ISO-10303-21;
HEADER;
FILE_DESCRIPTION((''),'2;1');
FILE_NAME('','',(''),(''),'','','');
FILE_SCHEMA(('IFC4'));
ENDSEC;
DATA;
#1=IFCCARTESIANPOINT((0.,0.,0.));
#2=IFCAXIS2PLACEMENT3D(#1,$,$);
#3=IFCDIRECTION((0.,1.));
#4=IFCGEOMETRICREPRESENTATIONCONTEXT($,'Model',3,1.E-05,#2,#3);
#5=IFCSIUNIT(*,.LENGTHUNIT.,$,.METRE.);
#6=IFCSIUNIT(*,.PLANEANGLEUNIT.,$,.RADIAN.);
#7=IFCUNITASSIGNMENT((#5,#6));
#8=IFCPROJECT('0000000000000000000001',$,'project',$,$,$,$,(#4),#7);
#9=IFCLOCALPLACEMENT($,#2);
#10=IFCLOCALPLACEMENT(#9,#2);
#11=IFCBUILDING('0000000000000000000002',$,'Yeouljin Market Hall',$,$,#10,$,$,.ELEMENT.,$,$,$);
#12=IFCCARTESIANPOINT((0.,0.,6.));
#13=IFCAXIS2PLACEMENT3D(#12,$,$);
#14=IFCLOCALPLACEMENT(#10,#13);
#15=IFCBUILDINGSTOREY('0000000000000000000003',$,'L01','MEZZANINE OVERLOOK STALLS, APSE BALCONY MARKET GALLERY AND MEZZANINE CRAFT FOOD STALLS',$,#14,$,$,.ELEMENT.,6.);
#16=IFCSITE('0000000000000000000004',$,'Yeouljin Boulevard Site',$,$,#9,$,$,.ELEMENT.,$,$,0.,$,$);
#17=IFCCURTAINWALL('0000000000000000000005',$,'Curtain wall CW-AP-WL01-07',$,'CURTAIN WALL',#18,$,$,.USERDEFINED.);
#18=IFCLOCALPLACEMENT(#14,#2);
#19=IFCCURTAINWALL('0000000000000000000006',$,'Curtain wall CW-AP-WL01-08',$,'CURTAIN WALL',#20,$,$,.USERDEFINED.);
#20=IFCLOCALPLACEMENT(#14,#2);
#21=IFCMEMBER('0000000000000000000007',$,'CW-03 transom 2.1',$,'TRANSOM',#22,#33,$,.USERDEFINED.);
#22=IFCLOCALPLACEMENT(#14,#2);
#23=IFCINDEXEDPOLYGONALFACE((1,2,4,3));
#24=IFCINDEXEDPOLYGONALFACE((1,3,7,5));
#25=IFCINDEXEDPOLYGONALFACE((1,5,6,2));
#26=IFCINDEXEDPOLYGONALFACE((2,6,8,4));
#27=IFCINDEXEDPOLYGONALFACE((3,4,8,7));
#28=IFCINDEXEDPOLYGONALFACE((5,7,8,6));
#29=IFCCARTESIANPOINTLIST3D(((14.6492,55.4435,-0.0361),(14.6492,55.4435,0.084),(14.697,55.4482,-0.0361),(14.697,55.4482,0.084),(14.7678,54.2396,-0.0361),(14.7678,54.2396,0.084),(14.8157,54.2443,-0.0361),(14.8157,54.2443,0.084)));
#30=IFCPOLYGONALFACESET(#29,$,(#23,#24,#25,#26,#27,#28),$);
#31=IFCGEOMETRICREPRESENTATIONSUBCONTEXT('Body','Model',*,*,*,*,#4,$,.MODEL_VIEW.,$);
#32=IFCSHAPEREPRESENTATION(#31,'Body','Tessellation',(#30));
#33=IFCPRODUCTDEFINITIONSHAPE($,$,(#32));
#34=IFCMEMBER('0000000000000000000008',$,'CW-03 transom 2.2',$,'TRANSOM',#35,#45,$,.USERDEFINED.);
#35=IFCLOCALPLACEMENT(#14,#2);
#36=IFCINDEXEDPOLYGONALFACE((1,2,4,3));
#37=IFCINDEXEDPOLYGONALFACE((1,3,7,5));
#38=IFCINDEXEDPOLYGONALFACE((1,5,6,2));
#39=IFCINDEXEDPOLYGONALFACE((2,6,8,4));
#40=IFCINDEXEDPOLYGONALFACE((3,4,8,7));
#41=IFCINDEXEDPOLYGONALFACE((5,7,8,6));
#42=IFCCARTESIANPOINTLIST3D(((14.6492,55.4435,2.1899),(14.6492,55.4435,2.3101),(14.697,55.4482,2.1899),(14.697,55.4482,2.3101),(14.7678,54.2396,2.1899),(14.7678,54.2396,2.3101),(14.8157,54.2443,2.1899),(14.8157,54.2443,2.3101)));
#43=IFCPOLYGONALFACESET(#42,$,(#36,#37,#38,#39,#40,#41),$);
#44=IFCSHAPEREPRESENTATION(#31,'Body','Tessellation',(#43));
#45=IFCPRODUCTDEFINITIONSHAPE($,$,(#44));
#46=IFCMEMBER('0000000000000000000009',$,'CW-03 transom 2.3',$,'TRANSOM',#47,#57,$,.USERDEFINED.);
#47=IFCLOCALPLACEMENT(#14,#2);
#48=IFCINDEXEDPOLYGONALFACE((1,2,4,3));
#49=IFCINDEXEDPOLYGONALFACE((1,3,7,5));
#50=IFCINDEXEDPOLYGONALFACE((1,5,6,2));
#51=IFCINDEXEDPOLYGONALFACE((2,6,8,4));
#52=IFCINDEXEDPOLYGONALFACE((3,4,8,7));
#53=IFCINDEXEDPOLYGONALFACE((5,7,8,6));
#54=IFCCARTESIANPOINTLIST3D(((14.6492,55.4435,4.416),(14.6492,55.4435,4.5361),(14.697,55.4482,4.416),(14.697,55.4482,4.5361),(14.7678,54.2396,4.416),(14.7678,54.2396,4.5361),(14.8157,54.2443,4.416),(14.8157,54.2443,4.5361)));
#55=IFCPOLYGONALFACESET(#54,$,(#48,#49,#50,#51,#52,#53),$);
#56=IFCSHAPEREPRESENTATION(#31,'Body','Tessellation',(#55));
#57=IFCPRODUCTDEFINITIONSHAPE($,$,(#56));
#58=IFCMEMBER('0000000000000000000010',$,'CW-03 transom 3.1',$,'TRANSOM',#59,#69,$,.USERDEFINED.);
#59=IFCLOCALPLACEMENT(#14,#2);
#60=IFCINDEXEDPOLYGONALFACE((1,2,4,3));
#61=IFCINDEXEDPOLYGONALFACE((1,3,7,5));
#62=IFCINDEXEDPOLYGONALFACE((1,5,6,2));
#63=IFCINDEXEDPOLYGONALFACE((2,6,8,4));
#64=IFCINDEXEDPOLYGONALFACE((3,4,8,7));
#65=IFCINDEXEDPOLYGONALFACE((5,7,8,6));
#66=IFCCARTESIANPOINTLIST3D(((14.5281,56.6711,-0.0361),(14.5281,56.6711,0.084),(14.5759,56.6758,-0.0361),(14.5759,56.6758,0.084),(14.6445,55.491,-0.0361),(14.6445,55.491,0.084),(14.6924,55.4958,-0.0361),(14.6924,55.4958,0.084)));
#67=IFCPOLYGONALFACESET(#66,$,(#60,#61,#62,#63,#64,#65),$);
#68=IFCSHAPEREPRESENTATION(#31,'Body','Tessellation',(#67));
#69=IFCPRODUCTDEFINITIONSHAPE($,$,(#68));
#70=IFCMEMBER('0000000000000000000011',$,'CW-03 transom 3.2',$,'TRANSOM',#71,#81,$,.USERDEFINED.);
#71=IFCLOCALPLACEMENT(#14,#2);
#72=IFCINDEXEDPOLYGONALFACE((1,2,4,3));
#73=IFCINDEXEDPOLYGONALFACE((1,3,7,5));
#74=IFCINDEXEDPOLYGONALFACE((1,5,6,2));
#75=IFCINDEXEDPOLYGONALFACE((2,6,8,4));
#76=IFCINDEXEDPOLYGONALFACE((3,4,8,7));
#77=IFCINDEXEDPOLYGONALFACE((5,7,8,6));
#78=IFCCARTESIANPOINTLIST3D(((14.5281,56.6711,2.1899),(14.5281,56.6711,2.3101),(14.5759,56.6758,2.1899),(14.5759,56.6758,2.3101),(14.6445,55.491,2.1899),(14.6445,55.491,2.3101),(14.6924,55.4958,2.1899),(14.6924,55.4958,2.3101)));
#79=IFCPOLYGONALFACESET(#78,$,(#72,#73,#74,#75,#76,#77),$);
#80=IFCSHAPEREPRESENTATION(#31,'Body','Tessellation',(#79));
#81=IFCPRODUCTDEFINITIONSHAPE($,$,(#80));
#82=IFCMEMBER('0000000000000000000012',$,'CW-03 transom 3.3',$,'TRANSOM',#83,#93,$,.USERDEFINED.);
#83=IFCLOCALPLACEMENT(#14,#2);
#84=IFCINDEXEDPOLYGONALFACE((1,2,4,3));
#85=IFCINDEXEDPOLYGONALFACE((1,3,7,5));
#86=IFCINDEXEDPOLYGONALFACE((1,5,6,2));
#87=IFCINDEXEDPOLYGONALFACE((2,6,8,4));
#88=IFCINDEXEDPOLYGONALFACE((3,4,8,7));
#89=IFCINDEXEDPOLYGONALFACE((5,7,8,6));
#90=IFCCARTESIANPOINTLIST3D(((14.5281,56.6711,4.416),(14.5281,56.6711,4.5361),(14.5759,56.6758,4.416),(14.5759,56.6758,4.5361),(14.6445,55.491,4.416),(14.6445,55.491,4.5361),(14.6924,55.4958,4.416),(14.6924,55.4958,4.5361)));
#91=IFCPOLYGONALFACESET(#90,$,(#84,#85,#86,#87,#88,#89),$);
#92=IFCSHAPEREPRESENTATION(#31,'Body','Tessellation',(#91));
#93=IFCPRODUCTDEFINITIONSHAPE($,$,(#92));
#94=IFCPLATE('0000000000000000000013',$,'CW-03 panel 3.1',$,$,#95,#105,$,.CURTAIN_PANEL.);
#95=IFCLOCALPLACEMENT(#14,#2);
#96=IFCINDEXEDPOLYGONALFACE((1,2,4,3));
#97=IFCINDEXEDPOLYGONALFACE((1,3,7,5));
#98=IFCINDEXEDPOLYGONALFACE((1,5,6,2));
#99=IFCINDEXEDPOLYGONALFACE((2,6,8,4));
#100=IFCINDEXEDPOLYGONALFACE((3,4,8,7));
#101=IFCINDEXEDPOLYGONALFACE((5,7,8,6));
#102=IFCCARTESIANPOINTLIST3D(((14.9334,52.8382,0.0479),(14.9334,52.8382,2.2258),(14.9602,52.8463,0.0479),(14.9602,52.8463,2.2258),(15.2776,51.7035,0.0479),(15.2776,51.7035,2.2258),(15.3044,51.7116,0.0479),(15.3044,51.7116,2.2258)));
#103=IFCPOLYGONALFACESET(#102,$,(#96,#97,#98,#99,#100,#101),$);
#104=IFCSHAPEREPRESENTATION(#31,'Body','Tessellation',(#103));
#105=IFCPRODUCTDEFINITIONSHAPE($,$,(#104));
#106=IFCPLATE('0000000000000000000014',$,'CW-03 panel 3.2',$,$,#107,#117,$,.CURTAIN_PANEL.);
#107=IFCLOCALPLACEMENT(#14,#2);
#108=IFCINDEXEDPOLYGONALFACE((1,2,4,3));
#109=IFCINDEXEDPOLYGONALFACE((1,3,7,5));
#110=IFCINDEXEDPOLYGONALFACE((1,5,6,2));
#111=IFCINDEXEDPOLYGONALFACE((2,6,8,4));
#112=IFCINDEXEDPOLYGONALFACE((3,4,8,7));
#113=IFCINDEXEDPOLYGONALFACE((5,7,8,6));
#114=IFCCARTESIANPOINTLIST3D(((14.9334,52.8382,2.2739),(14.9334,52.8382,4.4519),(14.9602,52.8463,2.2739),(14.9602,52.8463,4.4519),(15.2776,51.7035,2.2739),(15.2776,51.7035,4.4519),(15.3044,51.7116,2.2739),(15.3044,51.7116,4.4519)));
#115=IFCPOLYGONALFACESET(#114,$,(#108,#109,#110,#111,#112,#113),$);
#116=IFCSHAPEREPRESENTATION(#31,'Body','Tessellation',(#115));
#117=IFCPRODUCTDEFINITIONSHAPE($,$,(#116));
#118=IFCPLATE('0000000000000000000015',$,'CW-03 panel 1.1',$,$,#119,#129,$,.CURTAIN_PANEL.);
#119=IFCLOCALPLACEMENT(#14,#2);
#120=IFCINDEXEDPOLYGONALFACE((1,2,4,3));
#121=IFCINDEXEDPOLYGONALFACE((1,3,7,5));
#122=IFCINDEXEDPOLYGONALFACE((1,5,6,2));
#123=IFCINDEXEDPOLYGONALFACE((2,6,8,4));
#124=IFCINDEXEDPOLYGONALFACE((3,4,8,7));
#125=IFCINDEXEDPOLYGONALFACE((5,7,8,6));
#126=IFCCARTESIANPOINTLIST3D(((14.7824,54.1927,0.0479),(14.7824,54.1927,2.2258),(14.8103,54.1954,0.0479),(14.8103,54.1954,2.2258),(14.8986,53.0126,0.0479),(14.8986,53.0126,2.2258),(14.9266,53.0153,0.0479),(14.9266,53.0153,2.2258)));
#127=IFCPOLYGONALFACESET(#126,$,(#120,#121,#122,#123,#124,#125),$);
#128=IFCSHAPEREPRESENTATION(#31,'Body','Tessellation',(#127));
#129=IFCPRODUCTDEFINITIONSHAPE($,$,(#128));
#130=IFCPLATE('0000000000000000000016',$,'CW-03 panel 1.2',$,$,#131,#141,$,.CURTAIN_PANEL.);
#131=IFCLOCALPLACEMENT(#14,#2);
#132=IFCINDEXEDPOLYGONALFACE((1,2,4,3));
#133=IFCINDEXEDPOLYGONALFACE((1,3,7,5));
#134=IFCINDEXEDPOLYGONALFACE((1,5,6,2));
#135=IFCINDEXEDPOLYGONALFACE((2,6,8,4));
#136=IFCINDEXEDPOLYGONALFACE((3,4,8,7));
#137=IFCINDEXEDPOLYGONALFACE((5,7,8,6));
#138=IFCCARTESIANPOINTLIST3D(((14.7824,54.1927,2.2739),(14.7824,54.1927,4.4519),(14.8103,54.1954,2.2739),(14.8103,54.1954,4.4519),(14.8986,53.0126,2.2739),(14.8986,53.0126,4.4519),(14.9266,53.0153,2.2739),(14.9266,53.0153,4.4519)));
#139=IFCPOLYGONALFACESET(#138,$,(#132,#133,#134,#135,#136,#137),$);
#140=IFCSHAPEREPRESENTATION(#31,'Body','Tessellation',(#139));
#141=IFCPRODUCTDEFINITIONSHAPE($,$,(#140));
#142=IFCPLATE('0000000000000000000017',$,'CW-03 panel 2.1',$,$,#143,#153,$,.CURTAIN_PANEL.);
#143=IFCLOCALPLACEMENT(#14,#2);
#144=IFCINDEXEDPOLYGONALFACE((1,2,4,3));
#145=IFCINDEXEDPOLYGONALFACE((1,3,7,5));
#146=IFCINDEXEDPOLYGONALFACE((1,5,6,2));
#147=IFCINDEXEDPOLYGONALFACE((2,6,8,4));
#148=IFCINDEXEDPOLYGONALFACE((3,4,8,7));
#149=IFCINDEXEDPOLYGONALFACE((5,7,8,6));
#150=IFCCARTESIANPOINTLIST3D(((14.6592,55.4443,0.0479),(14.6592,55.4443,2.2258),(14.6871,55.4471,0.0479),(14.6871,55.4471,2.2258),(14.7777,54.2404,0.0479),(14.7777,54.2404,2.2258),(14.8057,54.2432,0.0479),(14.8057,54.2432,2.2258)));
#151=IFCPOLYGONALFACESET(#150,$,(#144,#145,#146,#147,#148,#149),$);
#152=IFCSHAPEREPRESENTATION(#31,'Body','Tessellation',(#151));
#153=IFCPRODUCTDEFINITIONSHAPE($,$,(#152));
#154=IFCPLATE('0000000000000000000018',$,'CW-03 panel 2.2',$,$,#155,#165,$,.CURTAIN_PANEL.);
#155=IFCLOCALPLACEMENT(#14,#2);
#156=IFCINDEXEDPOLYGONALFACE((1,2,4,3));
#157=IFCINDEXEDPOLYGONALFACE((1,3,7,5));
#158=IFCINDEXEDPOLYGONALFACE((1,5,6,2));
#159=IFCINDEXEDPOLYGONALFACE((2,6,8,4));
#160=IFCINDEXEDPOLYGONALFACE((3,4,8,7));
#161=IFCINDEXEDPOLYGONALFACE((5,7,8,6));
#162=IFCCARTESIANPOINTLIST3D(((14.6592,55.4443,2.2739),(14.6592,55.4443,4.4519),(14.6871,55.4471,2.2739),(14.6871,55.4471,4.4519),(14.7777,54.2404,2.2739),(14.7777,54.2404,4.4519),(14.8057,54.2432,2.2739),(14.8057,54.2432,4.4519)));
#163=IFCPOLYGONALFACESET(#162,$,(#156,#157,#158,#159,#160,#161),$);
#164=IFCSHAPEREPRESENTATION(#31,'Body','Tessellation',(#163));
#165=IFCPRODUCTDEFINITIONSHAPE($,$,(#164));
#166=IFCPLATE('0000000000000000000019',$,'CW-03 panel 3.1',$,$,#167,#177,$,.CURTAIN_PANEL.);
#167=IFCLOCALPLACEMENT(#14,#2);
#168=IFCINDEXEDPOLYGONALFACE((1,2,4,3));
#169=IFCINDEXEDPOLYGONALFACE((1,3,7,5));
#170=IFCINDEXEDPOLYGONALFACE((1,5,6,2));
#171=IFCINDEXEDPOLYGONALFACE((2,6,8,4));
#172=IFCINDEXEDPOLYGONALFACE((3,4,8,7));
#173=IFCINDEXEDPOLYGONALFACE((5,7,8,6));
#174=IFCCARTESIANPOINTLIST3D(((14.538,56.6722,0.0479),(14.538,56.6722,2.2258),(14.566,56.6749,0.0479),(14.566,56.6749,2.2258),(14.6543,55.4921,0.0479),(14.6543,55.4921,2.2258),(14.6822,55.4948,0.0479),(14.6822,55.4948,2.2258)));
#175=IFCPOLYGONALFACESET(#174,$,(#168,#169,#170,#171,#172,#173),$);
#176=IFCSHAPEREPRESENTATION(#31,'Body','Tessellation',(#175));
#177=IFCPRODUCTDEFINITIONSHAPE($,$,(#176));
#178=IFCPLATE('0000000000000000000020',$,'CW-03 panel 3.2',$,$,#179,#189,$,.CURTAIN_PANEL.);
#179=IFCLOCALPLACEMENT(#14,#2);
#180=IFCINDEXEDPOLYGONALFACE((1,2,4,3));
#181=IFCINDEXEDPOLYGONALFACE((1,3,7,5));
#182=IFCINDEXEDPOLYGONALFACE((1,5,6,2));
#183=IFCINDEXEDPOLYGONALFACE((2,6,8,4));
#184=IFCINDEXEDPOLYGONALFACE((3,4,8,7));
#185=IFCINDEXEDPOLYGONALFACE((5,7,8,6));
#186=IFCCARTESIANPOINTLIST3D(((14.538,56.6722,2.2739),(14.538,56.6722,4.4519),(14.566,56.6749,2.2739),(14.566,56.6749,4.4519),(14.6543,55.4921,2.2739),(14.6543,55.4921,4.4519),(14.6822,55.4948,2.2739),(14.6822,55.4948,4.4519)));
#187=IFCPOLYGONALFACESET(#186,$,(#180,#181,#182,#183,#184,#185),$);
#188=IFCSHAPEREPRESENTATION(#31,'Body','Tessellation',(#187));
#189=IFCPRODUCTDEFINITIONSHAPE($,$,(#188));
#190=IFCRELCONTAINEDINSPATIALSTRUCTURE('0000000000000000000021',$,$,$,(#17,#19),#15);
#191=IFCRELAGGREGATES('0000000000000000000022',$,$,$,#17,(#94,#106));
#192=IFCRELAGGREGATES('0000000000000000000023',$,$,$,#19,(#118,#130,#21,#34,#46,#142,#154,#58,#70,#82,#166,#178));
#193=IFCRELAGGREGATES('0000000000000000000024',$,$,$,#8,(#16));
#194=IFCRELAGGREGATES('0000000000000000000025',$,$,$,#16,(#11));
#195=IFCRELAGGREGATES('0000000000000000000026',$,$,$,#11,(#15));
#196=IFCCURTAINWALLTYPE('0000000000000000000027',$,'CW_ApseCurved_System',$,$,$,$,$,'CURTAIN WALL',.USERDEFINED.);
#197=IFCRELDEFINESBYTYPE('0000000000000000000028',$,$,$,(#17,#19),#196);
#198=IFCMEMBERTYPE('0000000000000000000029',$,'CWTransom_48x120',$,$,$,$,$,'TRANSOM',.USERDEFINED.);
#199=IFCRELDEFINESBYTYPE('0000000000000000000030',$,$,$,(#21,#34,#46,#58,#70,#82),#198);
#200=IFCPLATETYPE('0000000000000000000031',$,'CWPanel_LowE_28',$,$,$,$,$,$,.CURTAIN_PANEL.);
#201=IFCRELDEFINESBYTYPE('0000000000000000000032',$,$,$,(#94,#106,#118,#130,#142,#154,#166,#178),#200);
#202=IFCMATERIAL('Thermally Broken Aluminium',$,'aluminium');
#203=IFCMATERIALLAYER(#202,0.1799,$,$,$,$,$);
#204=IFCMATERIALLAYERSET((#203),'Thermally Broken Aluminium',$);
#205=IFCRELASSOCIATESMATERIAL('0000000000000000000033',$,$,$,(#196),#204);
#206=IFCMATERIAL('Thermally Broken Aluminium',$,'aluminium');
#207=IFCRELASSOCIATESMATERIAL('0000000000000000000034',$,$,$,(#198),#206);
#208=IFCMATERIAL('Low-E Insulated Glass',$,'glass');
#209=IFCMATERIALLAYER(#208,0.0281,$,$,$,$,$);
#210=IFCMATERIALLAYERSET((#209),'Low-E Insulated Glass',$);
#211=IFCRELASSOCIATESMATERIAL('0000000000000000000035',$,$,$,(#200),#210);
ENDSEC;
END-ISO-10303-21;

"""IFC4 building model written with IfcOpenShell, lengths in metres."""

from ifc_helpers import new_model, si_unit, direction, frame, origin, origin_2d, place, context, subcontext, project, spatial, rectangle, extrude, material, layer, layer_set, material_profile, profile_set, type_object, element, aggregate, save


model = new_model("IFC4")

# Units and contexts
model_context = context("Model", 3, precision=1e-05, world=origin(), true_north=direction((0.0, 1.0)))
body_context = subcontext(model_context, "Body", "Model", "MODEL_VIEW")
ifc_project = project(units=[si_unit("LENGTHUNIT", "METRE"), si_unit("PLANEANGLEUNIT", "RADIAN")], contexts=[model_context])

# Site, building, storey
site_placement = place(None, origin())
site = spatial("IfcSite", under=ifc_project, at=site_placement, Name="Yeouljin Boulevard Site", CompositionType="ELEMENT", RefElevation=0.0)
building_placement = place(site_placement, origin())
building = spatial("IfcBuilding", under=site, at=building_placement, Name="Yeouljin Market Hall", CompositionType="ELEMENT")
storey_placement = place(building_placement, frame((0.0, 0.0, 6.0)))
storey = spatial("IfcBuildingStorey", under=building, at=storey_placement, Name="L01", Description="MEZZANINE OVERLOOK STALLS, APSE BALCONY MARKET GALLERY AND MEZZANINE CRAFT FOOD STALLS", CompositionType="ELEMENT", Elevation=6.0)

# Curtain wall
ifc_material_1 = material(Name="Thermally Broken Aluminium", Category="aluminium")
ifc_layer_1 = layer(ifc_material_1, 0.1799)
ifc_layer_set_1 = layer_set([ifc_layer_1], Name="Thermally Broken Aluminium")
curtain_wall_type = type_object("IfcCurtainWallType", Name="CW_ApseCurved_System", ElementType="CURTAIN WALL", PredefinedType="USERDEFINED", material=ifc_layer_set_1)
curtain_wall_1_placement = place(storey_placement, origin())
curtain_wall_1 = element("IfcCurtainWall", 1, at=curtain_wall_1_placement, inside=storey, type_object=curtain_wall_type, Name="Curtain wall CW-AP-WL01-07", ObjectType="CURTAIN WALL", PredefinedType="USERDEFINED")

# Curtain wall
curtain_wall_2_placement = place(storey_placement, origin())
curtain_wall_2 = element("IfcCurtainWall", 2, at=curtain_wall_2_placement, inside=storey, type_object=curtain_wall_type, Name="Curtain wall CW-AP-WL01-08", ObjectType="CURTAIN WALL", PredefinedType="USERDEFINED")

# Members
ifc_material_2 = material(Name="Thermally Broken Aluminium", Category="aluminium")
ifc_material_profile_1 = material_profile(ifc_material_2, rectangle(XDim=0.0481, YDim=0.1201, at=origin_2d()), Name="CW-TRAN-48x120")
ifc_profile_set_1 = profile_set([ifc_material_profile_1], Name="Thermally Broken Aluminium")
member_type_1 = type_object("IfcMemberType", Name="CWTransom_48x120", ElementType="TRANSOM", PredefinedType="USERDEFINED", material=ifc_profile_set_1)
member_1_placement = place(storey_placement, frame((14.7917, 54.2419, 0.0239), z_axis=(-0.098085, 0.995178, 0.0), x_axis=(-0.995178, -0.098085, 0.0)))
member_1 = element("IfcMember", 3, at=member_1_placement, type_object=member_type_1, Name="CW-03 transom 2.1", ObjectType="TRANSOM", PredefinedType="USERDEFINED", context=body_context, shape_type="SweptSolid", body=[
    extrude(rectangle(XDim=0.0481, YDim=0.1201, at=origin_2d()), origin(), (0.0, 0.0, 1.0), 1.2097),
])
member_2_placement = place(storey_placement, frame((14.7917, 54.2419, 2.25), z_axis=(-0.098085, 0.995178, 0.0), x_axis=(-0.995178, -0.098085, 0.0)))
member_2 = element("IfcMember", 4, at=member_2_placement, type_object=member_type_1, Name="CW-03 transom 2.2", ObjectType="TRANSOM", PredefinedType="USERDEFINED", context=body_context, shape_type="SweptSolid", body=[
    extrude(rectangle(XDim=0.0481, YDim=0.1201, at=origin_2d()), origin(), (0.0, 0.0, 1.0), 1.2097),
])
member_3_placement = place(storey_placement, frame((14.7917, 54.2419, 4.4761), z_axis=(-0.098085, 0.995178, 0.0), x_axis=(-0.995178, -0.098085, 0.0)))
member_3 = element("IfcMember", 5, at=member_3_placement, type_object=member_type_1, Name="CW-03 transom 2.3", ObjectType="TRANSOM", PredefinedType="USERDEFINED", context=body_context, shape_type="SweptSolid", body=[
    extrude(rectangle(XDim=0.0481, YDim=0.1201, at=origin_2d()), origin(), (0.0, 0.0, 1.0), 1.2097),
])
member_4_placement = place(storey_placement, frame((14.6685, 55.4934, 0.0239), z_axis=(-0.098199, 0.995167, 0.0), x_axis=(-0.995167, -0.098199, 0.0)))
member_4 = element("IfcMember", 6, at=member_4_placement, type_object=member_type_1, Name="CW-03 transom 3.1", ObjectType="TRANSOM", PredefinedType="USERDEFINED", context=body_context, shape_type="SweptSolid", body=[
    extrude(rectangle(XDim=0.0481, YDim=0.1201, at=origin_2d()), origin(), (0.0, 0.0, 1.0), 1.1858),
])
member_5_placement = place(storey_placement, frame((14.6685, 55.4934, 2.25), z_axis=(-0.098199, 0.995167, 0.0), x_axis=(-0.995167, -0.098199, 0.0)))
member_5 = element("IfcMember", 7, at=member_5_placement, type_object=member_type_1, Name="CW-03 transom 3.2", ObjectType="TRANSOM", PredefinedType="USERDEFINED", context=body_context, shape_type="SweptSolid", body=[
    extrude(rectangle(XDim=0.0481, YDim=0.1201, at=origin_2d()), origin(), (0.0, 0.0, 1.0), 1.1858),
])
member_6_placement = place(storey_placement, frame((14.6685, 55.4934, 4.4761), z_axis=(-0.098199, 0.995167, 0.0), x_axis=(-0.995167, -0.098199, 0.0)))
member_6 = element("IfcMember", 8, at=member_6_placement, type_object=member_type_1, Name="CW-03 transom 3.3", ObjectType="TRANSOM", PredefinedType="USERDEFINED", context=body_context, shape_type="SweptSolid", body=[
    extrude(rectangle(XDim=0.0481, YDim=0.1201, at=origin_2d()), origin(), (0.0, 0.0, 1.0), 1.1858),
])

# Plates
ifc_material_3 = material(Name="Low-E Insulated Glass", Category="glass")
ifc_layer_2 = layer(ifc_material_3, 0.0281)
ifc_layer_set_2 = layer_set([ifc_layer_2], Name="Low-E Insulated Glass")
plate_type = type_object("IfcPlateType", Name="CWPanel_LowE_28", PredefinedType="CURTAIN_PANEL", material=ifc_layer_set_2)
plate_1_placement = place(storey_placement, frame((15.1189, 52.2749, 0.0479), z_axis=(0.0, 0.0, 1.0), x_axis=(-0.290286, 0.95694, 0.0)))
plate_1 = element("IfcPlate", 9, at=plate_1_placement, type_object=plate_type, Name="CW-03 panel 3.1", PredefinedType="CURTAIN_PANEL", context=body_context, shape_type="SweptSolid", body=[
    extrude(rectangle(XDim=1.1858, YDim=0.0281, at=origin_2d()), origin(), (0.0, 0.0, 1.0), 2.178),
])
plate_2_placement = place(storey_placement, frame((15.1189, 52.2749, 2.2739), z_axis=(0.0, 0.0, 1.0), x_axis=(-0.290286, 0.95694, 0.0)))
plate_2 = element("IfcPlate", 10, at=plate_2_placement, type_object=plate_type, Name="CW-03 panel 3.2", PredefinedType="CURTAIN_PANEL", context=body_context, shape_type="SweptSolid", body=[
    extrude(rectangle(XDim=1.1858, YDim=0.0281, at=origin_2d()), origin(), (0.0, 0.0, 1.0), 2.178),
])
aggregate(curtain_wall_1, [plate_1, plate_2])
plate_3_placement = place(storey_placement, frame((14.8545, 53.604, 0.0479), z_axis=(0.0, 0.0, 1.0), x_axis=(-0.098034, 0.995183, 0.0)))
plate_3 = element("IfcPlate", 11, at=plate_3_placement, type_object=plate_type, Name="CW-03 panel 1.1", PredefinedType="CURTAIN_PANEL", context=body_context, shape_type="SweptSolid", body=[
    extrude(rectangle(XDim=1.1858, YDim=0.0281, at=origin_2d()), origin(), (0.0, 0.0, 1.0), 2.178),
])
plate_4_placement = place(storey_placement, frame((14.8545, 53.604, 2.2739), z_axis=(0.0, 0.0, 1.0), x_axis=(-0.098034, 0.995183, 0.0)))
plate_4 = element("IfcPlate", 12, at=plate_4_placement, type_object=plate_type, Name="CW-03 panel 1.2", PredefinedType="CURTAIN_PANEL", context=body_context, shape_type="SweptSolid", body=[
    extrude(rectangle(XDim=1.1858, YDim=0.0281, at=origin_2d()), origin(), (0.0, 0.0, 1.0), 2.178),
])
plate_5_placement = place(storey_placement, frame((14.7324, 54.8438, 0.0479), z_axis=(0.0, 0.0, 1.0), x_axis=(-0.098034, 0.995183, 0.0)))
plate_5 = element("IfcPlate", 13, at=plate_5_placement, type_object=plate_type, Name="CW-03 panel 2.1", PredefinedType="CURTAIN_PANEL", context=body_context, shape_type="SweptSolid", body=[
    extrude(rectangle(XDim=1.2097, YDim=0.0281, at=origin_2d()), origin(), (0.0, 0.0, 1.0), 2.178),
])
plate_6_placement = place(storey_placement, frame((14.7324, 54.8438, 2.2739), z_axis=(0.0, 0.0, 1.0), x_axis=(-0.098034, 0.995183, 0.0)))
plate_6 = element("IfcPlate", 14, at=plate_6_placement, type_object=plate_type, Name="CW-03 panel 2.2", PredefinedType="CURTAIN_PANEL", context=body_context, shape_type="SweptSolid", body=[
    extrude(rectangle(XDim=1.2097, YDim=0.0281, at=origin_2d()), origin(), (0.0, 0.0, 1.0), 2.178),
])
plate_7_placement = place(storey_placement, frame((14.6101, 56.0835, 0.0479), z_axis=(0.0, 0.0, 1.0), x_axis=(-0.098034, 0.995183, 0.0)))
plate_7 = element("IfcPlate", 15, at=plate_7_placement, type_object=plate_type, Name="CW-03 panel 3.1", PredefinedType="CURTAIN_PANEL", context=body_context, shape_type="SweptSolid", body=[
    extrude(rectangle(XDim=1.1858, YDim=0.0281, at=origin_2d()), origin(), (0.0, 0.0, 1.0), 2.178),
])
plate_8_placement = place(storey_placement, frame((14.6101, 56.0835, 2.2739), z_axis=(0.0, 0.0, 1.0), x_axis=(-0.098034, 0.995183, 0.0)))
plate_8 = element("IfcPlate", 16, at=plate_8_placement, type_object=plate_type, Name="CW-03 panel 3.2", PredefinedType="CURTAIN_PANEL", context=body_context, shape_type="SweptSolid", body=[
    extrude(rectangle(XDim=1.1858, YDim=0.0281, at=origin_2d()), origin(), (0.0, 0.0, 1.0), 2.178),
])
aggregate(curtain_wall_2, [plate_3, plate_4, member_1, member_2, member_3, plate_5, plate_6, member_4, member_5, member_6, plate_7, plate_8])

save(model, "model.ifc")
